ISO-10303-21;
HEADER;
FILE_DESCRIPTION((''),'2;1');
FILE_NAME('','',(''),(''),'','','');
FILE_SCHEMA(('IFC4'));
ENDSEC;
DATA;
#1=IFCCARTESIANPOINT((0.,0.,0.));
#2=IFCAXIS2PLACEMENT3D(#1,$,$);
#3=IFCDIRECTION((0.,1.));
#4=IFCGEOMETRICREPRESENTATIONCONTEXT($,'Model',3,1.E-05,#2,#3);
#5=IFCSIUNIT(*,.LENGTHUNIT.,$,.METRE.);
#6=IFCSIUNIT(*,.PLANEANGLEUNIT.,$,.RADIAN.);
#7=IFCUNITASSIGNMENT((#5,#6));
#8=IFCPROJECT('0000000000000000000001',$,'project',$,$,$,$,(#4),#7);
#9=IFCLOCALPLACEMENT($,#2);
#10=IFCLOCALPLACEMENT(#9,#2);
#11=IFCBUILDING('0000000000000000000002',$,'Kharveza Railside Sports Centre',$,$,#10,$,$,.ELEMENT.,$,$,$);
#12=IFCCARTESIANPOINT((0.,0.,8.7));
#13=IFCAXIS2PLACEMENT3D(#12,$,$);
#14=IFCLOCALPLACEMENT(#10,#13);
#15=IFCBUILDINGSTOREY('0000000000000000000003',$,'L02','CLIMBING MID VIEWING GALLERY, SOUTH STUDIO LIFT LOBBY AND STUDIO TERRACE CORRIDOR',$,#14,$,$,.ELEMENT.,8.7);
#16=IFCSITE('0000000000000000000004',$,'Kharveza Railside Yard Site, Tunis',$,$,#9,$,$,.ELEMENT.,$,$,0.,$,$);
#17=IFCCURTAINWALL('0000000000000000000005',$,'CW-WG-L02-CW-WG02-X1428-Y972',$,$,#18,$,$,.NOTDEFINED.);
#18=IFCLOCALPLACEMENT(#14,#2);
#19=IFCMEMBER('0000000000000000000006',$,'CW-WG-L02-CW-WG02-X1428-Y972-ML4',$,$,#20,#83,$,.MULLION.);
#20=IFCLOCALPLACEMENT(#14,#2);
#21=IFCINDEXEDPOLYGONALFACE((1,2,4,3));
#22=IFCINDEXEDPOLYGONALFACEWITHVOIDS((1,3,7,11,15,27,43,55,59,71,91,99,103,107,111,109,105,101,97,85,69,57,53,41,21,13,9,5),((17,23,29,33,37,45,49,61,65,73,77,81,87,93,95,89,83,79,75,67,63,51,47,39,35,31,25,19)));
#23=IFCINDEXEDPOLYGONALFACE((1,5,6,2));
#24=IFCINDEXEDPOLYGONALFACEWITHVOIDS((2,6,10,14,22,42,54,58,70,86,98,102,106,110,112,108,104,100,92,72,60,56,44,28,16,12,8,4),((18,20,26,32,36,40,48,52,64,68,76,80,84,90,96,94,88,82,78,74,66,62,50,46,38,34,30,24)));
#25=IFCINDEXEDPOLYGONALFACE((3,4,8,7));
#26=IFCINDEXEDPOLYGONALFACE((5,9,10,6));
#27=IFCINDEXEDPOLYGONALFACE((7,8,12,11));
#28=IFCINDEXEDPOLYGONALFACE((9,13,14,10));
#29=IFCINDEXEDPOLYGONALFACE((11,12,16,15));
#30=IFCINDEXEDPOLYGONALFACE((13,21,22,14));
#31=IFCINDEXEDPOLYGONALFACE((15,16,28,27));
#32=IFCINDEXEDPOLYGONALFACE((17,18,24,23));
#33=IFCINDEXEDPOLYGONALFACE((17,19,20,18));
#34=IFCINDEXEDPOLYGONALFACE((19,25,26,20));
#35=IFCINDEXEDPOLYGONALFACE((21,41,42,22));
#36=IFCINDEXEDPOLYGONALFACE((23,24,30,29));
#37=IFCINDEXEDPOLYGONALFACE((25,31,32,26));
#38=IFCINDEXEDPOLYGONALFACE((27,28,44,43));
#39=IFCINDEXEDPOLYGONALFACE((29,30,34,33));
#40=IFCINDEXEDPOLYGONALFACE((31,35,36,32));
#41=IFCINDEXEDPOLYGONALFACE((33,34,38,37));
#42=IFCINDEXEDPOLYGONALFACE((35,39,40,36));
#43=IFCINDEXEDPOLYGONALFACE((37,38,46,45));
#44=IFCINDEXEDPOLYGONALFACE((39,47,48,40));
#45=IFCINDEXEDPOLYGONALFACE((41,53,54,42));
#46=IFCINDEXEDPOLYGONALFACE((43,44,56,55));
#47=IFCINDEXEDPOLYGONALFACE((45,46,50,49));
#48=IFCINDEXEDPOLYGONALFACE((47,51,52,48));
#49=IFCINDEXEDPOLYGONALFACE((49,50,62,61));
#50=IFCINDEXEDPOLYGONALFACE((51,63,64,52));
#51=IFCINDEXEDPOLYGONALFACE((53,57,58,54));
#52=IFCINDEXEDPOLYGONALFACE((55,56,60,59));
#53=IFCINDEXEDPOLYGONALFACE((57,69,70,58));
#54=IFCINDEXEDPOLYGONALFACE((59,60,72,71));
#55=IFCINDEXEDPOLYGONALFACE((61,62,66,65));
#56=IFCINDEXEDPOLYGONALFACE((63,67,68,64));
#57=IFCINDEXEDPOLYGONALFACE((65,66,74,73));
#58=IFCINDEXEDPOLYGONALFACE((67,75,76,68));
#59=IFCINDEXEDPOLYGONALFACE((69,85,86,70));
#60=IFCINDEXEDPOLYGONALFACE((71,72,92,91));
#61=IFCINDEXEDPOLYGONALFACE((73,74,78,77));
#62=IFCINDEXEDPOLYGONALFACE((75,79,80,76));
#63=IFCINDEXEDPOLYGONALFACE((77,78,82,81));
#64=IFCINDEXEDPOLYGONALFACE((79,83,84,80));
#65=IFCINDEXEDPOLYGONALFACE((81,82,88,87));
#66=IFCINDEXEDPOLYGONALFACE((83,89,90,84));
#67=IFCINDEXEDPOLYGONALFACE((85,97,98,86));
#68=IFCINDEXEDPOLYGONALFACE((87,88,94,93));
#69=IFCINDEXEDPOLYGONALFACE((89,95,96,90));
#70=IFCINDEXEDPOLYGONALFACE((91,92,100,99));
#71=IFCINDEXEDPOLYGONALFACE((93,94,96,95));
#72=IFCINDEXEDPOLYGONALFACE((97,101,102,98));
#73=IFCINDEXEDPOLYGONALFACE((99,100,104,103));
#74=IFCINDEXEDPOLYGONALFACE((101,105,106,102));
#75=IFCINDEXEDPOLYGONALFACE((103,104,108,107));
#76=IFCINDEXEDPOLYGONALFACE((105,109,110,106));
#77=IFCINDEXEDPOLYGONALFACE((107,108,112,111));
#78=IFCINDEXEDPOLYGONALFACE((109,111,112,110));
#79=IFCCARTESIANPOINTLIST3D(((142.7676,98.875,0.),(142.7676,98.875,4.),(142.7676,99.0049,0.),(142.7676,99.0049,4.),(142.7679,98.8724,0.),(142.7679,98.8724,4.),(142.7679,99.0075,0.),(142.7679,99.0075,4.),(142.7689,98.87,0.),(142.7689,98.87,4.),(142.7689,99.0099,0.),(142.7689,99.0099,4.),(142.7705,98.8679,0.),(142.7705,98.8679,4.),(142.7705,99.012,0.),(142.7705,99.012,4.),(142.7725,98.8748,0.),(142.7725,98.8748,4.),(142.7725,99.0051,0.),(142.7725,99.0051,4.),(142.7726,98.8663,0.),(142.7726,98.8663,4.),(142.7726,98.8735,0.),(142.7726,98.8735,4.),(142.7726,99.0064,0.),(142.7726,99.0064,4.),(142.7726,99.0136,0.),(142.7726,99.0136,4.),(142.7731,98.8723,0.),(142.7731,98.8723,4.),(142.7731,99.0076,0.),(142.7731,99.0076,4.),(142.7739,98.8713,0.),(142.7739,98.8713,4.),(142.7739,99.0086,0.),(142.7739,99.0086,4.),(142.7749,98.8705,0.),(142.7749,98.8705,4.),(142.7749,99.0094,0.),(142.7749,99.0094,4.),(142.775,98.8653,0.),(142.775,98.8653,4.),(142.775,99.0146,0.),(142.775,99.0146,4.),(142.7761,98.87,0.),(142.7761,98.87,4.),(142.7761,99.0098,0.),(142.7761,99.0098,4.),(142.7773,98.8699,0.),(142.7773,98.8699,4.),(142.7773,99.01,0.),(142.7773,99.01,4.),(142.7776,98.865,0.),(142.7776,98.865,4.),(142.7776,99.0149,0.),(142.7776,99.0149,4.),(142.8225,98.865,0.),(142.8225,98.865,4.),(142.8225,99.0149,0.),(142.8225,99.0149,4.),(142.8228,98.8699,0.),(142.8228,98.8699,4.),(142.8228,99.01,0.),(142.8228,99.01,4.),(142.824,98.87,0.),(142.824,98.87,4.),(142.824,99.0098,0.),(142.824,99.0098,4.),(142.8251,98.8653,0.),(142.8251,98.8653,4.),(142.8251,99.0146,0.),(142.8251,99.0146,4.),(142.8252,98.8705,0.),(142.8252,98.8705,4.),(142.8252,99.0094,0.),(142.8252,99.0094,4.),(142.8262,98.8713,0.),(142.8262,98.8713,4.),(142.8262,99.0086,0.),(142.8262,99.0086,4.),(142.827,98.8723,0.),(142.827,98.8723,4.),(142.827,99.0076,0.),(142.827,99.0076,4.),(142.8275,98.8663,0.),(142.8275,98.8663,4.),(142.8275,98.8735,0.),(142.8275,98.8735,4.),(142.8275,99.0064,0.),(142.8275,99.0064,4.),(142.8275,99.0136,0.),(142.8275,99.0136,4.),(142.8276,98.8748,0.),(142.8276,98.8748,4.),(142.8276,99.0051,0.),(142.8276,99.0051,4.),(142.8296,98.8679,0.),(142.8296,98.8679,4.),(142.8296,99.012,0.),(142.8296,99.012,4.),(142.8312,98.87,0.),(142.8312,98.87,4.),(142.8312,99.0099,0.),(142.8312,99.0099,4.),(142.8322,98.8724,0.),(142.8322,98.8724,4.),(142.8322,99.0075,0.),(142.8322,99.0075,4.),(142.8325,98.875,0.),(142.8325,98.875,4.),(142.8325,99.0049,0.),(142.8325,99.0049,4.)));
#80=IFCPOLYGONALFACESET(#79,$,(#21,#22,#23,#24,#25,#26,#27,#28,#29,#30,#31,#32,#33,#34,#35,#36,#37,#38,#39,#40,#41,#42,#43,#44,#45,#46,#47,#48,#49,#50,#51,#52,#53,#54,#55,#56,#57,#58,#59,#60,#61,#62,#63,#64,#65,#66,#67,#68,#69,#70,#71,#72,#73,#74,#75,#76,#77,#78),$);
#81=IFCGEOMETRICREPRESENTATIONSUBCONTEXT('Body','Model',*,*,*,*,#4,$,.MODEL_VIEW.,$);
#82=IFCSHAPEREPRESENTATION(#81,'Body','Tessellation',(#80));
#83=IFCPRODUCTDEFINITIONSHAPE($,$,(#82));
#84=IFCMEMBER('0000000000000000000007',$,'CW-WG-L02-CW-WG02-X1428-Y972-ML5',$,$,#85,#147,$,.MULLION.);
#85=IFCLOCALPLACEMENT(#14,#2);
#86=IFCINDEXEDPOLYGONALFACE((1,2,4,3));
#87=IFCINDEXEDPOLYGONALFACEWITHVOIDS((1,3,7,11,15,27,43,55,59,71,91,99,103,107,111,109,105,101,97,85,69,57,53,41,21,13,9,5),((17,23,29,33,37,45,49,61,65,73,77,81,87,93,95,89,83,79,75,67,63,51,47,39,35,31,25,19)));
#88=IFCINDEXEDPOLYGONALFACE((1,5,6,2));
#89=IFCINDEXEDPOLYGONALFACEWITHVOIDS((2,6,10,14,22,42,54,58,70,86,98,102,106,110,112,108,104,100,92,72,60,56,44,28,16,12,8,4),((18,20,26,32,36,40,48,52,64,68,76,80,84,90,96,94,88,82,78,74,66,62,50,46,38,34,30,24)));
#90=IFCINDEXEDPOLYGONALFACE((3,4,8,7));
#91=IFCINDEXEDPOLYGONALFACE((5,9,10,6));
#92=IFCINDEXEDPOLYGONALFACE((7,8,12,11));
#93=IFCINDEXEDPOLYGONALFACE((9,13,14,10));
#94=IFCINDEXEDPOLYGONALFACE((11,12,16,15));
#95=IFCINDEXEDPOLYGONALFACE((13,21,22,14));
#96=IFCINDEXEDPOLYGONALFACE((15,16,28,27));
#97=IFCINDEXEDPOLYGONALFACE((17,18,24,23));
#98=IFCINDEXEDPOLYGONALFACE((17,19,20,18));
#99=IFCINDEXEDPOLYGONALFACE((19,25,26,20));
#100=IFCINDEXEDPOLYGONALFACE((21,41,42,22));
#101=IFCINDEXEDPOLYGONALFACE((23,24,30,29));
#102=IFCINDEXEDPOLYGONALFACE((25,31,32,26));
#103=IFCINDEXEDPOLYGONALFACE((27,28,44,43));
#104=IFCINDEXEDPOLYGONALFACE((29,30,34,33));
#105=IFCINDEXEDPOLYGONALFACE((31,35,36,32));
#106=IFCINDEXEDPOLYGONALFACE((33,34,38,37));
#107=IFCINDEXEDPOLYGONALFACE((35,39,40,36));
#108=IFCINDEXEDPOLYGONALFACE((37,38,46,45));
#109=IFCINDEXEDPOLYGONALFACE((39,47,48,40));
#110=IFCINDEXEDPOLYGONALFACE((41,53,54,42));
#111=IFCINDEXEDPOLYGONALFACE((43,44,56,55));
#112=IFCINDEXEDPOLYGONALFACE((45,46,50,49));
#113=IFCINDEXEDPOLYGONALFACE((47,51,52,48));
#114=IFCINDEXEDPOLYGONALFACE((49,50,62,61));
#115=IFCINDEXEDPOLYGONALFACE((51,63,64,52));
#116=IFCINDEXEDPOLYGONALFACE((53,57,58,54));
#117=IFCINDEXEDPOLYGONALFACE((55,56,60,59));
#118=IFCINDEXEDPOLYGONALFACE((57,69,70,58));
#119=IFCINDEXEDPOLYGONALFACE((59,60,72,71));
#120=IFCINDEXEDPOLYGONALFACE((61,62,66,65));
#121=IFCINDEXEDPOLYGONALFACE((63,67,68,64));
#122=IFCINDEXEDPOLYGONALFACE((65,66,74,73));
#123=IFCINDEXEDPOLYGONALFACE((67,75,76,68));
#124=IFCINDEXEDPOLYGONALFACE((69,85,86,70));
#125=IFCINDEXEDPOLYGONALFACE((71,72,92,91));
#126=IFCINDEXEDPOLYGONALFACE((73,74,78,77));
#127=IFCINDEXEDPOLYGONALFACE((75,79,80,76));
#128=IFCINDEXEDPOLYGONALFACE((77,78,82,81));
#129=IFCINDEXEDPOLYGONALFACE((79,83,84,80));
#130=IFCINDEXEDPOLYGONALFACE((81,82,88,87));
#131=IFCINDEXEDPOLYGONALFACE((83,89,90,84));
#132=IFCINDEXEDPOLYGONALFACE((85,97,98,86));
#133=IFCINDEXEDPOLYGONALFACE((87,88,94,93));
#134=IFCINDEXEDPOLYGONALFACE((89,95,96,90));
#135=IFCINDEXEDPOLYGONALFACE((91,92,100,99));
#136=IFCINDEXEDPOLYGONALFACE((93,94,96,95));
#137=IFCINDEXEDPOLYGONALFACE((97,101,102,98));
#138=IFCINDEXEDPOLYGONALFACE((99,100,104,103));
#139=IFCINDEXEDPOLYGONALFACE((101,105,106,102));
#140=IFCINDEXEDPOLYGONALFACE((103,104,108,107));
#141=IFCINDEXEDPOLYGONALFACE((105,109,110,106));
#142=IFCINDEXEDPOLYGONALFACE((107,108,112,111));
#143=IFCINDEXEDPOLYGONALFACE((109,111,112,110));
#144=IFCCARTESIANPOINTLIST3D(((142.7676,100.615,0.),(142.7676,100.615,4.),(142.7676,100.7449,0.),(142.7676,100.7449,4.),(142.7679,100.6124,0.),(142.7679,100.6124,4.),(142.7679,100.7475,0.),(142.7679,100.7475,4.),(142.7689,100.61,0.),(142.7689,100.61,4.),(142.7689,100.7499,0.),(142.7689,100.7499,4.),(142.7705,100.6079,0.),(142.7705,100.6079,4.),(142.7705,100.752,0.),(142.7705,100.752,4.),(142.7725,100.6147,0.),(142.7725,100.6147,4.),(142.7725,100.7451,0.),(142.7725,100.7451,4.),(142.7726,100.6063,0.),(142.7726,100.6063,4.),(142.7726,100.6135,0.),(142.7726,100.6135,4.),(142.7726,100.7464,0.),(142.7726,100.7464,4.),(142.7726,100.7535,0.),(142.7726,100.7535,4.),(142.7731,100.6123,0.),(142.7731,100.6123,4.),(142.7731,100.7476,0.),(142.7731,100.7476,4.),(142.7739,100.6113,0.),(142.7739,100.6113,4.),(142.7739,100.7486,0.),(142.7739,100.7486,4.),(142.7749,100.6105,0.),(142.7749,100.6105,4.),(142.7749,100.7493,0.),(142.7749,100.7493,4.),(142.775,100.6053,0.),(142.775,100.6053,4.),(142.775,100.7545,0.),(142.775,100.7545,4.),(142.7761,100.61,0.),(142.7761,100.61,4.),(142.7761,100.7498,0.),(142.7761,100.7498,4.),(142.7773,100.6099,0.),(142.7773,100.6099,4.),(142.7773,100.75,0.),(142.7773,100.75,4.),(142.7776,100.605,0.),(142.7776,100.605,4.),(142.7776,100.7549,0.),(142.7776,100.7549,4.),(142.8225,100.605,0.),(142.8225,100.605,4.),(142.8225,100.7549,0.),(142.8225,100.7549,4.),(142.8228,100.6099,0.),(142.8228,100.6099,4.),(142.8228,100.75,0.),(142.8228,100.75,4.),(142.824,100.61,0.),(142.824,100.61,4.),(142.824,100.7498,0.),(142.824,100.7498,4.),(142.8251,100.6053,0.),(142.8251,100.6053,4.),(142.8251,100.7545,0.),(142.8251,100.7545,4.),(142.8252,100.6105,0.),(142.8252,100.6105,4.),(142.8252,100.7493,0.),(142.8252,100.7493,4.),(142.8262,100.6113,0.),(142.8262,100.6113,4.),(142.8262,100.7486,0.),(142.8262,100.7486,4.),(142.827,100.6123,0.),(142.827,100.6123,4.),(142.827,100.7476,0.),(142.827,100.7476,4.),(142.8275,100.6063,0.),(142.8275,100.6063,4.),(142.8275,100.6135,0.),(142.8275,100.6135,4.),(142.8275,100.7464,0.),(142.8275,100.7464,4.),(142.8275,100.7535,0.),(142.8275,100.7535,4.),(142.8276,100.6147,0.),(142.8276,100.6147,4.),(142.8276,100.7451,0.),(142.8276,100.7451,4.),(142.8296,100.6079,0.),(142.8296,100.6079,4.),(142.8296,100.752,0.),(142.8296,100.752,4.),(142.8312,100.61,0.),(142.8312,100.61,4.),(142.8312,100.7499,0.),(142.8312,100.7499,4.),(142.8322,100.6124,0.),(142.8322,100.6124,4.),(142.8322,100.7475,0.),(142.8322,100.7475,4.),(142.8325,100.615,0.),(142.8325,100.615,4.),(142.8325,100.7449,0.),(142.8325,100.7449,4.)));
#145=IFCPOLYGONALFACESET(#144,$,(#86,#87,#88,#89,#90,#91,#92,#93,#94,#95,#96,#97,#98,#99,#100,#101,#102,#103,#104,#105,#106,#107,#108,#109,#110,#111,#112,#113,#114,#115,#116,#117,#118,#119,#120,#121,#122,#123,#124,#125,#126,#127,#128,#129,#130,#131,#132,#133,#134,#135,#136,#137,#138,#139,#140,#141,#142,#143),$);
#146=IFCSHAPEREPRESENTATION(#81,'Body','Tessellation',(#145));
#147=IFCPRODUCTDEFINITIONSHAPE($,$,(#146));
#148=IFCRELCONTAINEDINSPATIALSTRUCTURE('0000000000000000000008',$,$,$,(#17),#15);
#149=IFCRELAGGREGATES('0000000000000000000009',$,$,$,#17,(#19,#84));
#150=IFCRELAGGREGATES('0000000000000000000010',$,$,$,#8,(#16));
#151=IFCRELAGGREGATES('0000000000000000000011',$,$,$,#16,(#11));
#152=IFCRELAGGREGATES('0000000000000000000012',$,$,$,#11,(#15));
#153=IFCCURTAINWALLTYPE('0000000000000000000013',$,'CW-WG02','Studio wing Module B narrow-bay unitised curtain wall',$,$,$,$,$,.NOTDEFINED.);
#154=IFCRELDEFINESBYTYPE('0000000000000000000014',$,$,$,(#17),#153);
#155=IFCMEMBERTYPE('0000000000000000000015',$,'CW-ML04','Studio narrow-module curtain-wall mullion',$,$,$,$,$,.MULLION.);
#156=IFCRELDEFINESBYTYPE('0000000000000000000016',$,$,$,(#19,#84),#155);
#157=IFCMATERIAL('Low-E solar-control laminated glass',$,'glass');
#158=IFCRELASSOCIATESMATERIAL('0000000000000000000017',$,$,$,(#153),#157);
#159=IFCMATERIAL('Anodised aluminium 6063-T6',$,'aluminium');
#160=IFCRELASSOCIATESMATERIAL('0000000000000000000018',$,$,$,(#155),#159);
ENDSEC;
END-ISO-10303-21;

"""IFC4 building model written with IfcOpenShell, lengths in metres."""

from ifc_helpers import new_model, si_unit, direction, frame, origin, origin_2d, place, context, subcontext, project, spatial, hollow_rectangle, extrude, material, material_profile, profile_set, type_object, element, aggregate, save


model = new_model("IFC4")

# Units and contexts
model_context = context("Model", 3, precision=1e-05, world=origin(), true_north=direction((0.0, 1.0)))
body_context = subcontext(model_context, "Body", "Model", "MODEL_VIEW")
ifc_project = project(units=[si_unit("LENGTHUNIT", "METRE"), si_unit("PLANEANGLEUNIT", "RADIAN")], contexts=[model_context])

# Site, building, storey
site_placement = place(None, origin())
site = spatial("IfcSite", under=ifc_project, at=site_placement, Name="Kharveza Railside Yard Site, Tunis", CompositionType="ELEMENT", RefElevation=0.0)
building_placement = place(site_placement, origin())
building = spatial("IfcBuilding", under=site, at=building_placement, Name="Kharveza Railside Sports Centre", CompositionType="ELEMENT")
storey_placement = place(building_placement, frame((0.0, 0.0, 8.7)))
storey = spatial("IfcBuildingStorey", under=building, at=storey_placement, Name="L02", Description="CLIMBING MID VIEWING GALLERY, SOUTH STUDIO LIFT LOBBY AND STUDIO TERRACE CORRIDOR", CompositionType="ELEMENT", Elevation=8.7)

# Curtain wall, members
ifc_material_1 = material(Name="Low-E solar-control laminated glass", Category="glass")
curtain_wall_type = type_object("IfcCurtainWallType", Name="CW-WG02", Description="Studio wing Module B narrow-bay unitised curtain wall", PredefinedType="NOTDEFINED", material=ifc_material_1)
curtain_wall_placement = place(storey_placement, origin())
curtain_wall = element("IfcCurtainWall", 1, at=curtain_wall_placement, inside=storey, type_object=curtain_wall_type, Name="CW-WG-L02-CW-WG02-X1428-Y972", PredefinedType="NOTDEFINED")
ifc_material_2 = material(Name="Anodised aluminium 6063-T6", Category="aluminium")
ifc_material_profile_1 = material_profile(ifc_material_2, hollow_rectangle(XDim=0.0649, YDim=0.1499, WallThickness=0.0049, InnerFilletRadius=0.0049, OuterFilletRadius=0.01, at=origin_2d()), Name="RHS 65x150x5.0")
ifc_profile_set_1 = profile_set([ifc_material_profile_1], Name="Anodised aluminium 6063-T6")
member_type_1 = type_object("IfcMemberType", Name="CW-ML04", Description="Studio narrow-module curtain-wall mullion", PredefinedType="MULLION", material=ifc_profile_set_1)
member_1_placement = place(storey_placement, frame((142.8, 98.9399, 0.0), z_axis=(0.0, 0.0, 1.0), x_axis=(1.0, 0.0, 0.0)))
member_1 = element("IfcMember", 2, at=member_1_placement, type_object=member_type_1, Name="CW-WG-L02-CW-WG02-X1428-Y972-ML4", PredefinedType="MULLION", context=body_context, shape_type="SweptSolid", body=[
    extrude(hollow_rectangle(XDim=0.0649, YDim=0.1499, WallThickness=0.0049, InnerFilletRadius=0.0049, OuterFilletRadius=0.01, at=origin_2d()), origin(), (0.0, 0.0, 1.0), 4.0),
])
member_2_placement = place(storey_placement, frame((142.8, 100.6799, 0.0), z_axis=(0.0, 0.0, 1.0), x_axis=(1.0, 0.0, 0.0)))
member_2 = element("IfcMember", 3, at=member_2_placement, type_object=member_type_1, Name="CW-WG-L02-CW-WG02-X1428-Y972-ML5", PredefinedType="MULLION", context=body_context, shape_type="SweptSolid", body=[
    extrude(hollow_rectangle(XDim=0.0649, YDim=0.1499, WallThickness=0.0049, InnerFilletRadius=0.0049, OuterFilletRadius=0.01, at=origin_2d()), origin(), (0.0, 0.0, 1.0), 4.0),
])

aggregate(curtain_wall, [member_1, member_2])

save(model, "model.ifc")
